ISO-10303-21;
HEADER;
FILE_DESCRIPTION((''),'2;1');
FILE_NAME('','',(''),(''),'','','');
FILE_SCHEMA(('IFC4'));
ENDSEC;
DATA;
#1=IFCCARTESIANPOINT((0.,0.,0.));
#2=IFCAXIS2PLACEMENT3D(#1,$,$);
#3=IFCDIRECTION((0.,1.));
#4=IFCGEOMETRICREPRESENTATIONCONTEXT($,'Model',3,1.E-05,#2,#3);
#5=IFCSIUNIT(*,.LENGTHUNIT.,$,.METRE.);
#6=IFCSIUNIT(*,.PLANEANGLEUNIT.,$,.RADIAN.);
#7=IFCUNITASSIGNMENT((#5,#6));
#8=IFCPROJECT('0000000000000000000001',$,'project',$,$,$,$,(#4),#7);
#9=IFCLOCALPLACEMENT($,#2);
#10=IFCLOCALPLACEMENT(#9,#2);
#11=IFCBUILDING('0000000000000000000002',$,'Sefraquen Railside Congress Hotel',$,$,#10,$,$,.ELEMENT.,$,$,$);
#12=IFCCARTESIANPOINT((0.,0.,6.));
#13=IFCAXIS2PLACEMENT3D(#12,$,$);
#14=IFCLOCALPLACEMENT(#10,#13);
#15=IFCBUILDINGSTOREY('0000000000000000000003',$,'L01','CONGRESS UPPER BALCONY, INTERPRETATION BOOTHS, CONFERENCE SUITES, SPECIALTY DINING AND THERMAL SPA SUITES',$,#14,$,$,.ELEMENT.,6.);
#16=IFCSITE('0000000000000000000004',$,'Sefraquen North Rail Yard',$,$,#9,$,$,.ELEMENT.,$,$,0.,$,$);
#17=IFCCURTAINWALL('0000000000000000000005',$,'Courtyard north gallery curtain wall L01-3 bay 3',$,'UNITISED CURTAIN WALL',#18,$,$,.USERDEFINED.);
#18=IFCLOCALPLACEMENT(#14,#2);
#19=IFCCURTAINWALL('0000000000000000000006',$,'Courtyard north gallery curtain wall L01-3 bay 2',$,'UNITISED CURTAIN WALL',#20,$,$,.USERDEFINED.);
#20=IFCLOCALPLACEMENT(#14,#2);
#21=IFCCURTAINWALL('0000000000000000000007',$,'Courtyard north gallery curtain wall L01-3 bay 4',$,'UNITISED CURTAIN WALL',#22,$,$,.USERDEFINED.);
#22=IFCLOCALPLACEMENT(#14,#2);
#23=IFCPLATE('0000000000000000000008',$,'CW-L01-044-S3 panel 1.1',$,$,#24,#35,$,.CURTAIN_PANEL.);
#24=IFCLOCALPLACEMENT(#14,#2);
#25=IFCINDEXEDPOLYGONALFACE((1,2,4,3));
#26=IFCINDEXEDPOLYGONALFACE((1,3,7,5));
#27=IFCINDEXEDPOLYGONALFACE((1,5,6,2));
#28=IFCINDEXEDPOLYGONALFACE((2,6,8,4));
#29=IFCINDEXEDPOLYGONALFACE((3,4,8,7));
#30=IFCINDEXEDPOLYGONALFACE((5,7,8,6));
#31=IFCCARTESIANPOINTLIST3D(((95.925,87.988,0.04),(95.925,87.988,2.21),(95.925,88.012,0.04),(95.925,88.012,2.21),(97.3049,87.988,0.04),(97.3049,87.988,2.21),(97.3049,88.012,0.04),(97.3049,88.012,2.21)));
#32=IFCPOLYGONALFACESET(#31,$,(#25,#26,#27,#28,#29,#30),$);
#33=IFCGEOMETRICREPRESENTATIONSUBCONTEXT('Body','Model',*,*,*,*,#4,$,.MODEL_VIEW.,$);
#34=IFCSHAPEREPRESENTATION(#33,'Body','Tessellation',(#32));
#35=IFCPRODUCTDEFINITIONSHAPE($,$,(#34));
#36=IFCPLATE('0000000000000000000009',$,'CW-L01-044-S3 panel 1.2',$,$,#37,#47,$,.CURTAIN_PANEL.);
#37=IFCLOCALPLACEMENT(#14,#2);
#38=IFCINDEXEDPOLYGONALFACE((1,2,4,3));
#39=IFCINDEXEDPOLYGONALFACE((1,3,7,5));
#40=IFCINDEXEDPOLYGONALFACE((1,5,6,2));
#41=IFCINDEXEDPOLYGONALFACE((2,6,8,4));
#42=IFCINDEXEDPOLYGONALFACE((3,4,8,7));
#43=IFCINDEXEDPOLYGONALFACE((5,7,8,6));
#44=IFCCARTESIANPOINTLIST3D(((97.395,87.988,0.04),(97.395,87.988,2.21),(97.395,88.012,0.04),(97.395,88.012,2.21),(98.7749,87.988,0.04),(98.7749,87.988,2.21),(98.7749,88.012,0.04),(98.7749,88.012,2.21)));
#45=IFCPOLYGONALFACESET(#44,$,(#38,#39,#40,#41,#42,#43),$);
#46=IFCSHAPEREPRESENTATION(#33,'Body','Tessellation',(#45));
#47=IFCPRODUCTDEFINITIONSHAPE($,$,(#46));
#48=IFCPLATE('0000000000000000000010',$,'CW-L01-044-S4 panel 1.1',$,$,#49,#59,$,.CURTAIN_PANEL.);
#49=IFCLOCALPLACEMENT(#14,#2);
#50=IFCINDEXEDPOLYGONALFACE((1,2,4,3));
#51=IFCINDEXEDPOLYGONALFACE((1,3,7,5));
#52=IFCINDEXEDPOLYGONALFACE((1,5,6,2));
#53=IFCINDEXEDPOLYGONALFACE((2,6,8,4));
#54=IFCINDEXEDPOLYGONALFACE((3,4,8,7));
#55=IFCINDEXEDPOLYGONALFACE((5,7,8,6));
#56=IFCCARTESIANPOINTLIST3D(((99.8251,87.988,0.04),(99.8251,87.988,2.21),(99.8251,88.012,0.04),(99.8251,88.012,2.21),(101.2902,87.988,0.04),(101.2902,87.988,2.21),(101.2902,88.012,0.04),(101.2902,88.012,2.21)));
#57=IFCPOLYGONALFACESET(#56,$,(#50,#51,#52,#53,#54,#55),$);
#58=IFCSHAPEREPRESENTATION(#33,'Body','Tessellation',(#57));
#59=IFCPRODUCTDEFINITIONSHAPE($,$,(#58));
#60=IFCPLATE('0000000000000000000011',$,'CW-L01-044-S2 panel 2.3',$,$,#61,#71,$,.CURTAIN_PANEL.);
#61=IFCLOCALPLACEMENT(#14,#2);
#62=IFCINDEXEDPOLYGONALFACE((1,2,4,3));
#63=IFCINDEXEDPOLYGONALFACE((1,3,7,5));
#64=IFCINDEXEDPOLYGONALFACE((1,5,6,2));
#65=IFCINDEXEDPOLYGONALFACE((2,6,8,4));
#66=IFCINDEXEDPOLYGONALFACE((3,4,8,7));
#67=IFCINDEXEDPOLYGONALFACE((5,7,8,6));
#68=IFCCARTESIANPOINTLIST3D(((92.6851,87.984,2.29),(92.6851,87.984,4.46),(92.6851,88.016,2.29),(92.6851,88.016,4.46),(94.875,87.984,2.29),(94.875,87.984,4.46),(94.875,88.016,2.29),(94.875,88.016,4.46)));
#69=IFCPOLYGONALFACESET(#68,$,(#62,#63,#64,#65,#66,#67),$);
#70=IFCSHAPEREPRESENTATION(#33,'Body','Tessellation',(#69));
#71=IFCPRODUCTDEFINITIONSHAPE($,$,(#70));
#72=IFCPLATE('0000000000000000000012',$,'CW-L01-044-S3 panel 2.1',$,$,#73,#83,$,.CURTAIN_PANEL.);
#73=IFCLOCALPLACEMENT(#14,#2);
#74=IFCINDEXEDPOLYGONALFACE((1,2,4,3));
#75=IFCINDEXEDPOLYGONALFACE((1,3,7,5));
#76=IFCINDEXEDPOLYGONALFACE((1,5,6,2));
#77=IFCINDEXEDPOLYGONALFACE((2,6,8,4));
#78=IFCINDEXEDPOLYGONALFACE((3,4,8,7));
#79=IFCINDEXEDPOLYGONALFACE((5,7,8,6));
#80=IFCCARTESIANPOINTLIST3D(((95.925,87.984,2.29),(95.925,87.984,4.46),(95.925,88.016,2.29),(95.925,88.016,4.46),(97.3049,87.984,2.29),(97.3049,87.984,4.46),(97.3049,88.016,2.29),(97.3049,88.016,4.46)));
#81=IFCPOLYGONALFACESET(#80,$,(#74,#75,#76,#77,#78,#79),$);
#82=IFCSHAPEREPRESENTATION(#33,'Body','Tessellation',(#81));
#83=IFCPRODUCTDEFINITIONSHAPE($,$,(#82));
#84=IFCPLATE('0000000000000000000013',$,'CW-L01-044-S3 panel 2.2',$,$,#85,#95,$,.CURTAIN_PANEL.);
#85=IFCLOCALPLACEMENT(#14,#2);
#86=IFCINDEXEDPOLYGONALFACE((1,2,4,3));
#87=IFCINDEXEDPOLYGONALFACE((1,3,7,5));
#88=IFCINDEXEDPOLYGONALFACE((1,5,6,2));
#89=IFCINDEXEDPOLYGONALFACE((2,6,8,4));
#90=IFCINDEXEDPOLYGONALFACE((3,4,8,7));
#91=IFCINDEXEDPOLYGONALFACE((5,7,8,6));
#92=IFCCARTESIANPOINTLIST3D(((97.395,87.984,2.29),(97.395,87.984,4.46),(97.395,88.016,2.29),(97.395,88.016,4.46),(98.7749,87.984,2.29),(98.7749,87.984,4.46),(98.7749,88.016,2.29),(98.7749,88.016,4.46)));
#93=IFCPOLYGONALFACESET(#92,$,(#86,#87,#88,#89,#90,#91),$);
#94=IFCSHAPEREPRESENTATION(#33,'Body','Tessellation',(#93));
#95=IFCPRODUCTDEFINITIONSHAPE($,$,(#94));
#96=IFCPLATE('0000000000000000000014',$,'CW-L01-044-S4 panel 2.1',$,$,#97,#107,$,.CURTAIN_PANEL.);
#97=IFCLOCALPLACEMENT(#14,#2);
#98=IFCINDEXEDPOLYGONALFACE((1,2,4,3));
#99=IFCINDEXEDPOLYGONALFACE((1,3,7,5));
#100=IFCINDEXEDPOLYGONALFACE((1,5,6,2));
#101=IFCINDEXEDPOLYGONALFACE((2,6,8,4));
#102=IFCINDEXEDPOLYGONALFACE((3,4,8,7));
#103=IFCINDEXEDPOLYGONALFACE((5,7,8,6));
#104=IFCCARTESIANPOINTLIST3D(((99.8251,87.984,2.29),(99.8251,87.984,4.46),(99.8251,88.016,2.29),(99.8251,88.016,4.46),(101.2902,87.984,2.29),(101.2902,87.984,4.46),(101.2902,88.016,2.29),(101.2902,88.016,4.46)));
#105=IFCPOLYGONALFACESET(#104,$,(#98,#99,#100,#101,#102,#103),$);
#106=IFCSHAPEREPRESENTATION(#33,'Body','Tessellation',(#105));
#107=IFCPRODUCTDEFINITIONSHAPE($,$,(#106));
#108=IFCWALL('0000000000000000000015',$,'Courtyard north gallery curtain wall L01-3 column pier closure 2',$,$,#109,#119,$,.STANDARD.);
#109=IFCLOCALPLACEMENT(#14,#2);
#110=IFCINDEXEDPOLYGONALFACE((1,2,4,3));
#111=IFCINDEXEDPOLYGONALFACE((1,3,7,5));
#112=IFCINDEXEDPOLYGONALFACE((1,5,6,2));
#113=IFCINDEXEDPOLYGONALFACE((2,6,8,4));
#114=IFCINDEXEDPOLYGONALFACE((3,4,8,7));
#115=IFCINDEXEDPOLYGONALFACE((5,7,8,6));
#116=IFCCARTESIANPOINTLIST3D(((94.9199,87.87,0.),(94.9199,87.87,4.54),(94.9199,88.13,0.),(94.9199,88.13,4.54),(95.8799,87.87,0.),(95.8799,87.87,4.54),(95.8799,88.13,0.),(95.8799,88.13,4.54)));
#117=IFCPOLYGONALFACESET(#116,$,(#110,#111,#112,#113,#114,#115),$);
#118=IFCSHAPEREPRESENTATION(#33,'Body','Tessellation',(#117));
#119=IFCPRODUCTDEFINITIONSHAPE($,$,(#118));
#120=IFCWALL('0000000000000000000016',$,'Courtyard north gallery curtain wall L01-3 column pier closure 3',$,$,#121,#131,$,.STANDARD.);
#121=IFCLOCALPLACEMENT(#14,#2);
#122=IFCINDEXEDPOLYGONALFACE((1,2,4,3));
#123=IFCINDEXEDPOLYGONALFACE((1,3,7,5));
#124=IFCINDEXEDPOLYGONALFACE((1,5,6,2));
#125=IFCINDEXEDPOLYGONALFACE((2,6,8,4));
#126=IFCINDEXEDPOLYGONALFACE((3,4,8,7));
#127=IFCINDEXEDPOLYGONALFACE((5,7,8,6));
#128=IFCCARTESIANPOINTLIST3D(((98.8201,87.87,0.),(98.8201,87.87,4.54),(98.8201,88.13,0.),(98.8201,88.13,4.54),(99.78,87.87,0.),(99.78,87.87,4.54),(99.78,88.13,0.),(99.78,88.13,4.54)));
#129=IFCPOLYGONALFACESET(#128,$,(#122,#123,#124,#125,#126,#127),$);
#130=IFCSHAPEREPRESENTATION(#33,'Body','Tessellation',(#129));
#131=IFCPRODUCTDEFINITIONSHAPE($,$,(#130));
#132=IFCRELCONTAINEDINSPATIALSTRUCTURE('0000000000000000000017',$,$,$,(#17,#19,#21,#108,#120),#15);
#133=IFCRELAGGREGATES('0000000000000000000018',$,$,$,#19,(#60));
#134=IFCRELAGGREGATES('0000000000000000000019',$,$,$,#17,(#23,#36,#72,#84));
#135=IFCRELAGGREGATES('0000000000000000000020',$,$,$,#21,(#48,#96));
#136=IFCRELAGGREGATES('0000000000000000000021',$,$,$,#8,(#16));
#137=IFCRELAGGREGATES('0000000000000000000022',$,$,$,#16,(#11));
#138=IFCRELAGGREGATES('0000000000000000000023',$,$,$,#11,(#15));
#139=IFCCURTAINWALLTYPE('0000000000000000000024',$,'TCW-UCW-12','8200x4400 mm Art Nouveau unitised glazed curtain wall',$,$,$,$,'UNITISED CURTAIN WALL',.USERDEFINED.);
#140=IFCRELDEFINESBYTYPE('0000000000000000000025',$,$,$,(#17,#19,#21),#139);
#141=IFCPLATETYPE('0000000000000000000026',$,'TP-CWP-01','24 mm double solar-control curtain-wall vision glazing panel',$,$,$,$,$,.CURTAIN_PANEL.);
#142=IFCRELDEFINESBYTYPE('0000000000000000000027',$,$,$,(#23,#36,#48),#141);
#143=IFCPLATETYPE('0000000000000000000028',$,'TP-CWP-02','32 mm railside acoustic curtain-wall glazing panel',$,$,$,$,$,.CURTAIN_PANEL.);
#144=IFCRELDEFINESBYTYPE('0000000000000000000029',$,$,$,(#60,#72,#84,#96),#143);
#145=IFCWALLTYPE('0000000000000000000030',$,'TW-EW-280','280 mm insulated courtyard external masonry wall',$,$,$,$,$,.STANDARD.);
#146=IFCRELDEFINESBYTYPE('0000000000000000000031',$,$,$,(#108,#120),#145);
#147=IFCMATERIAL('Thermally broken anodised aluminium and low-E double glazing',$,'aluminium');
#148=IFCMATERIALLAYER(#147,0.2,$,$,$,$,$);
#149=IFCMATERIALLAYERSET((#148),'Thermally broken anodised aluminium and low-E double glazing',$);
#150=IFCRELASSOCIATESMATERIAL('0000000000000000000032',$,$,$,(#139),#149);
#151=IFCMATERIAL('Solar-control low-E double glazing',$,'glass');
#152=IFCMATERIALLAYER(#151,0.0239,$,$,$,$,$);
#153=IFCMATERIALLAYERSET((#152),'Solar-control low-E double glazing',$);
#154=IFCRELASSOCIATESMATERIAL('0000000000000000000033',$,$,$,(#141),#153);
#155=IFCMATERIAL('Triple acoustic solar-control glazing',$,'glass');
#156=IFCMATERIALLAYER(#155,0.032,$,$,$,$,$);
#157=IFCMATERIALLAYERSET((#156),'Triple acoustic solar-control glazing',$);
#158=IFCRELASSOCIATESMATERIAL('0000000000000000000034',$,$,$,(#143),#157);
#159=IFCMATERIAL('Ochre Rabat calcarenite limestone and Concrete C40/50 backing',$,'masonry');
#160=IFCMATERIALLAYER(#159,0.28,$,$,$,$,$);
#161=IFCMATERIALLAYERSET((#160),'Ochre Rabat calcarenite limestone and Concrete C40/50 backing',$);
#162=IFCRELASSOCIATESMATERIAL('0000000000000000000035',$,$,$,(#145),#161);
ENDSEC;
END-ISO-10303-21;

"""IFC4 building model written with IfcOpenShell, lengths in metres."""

from ifc_helpers import new_model, si_unit, direction, frame, frame_2d, origin, origin_2d, place, context, subcontext, project, spatial, rectangle, extrude, material, layer, layer_set, type_object, element, aggregate, save


model = new_model("IFC4")

# Units and contexts
model_context = context("Model", 3, precision=1e-05, world=origin(), true_north=direction((0.0, 1.0)))
body_context = subcontext(model_context, "Body", "Model", "MODEL_VIEW")
ifc_project = project(units=[si_unit("LENGTHUNIT", "METRE"), si_unit("PLANEANGLEUNIT", "RADIAN")], contexts=[model_context])

# Site, building, storey
site_placement = place(None, origin())
site = spatial("IfcSite", under=ifc_project, at=site_placement, Name="Sefraquen North Rail Yard", CompositionType="ELEMENT", RefElevation=0.0)
building_placement = place(site_placement, origin())
building = spatial("IfcBuilding", under=site, at=building_placement, Name="Sefraquen Railside Congress Hotel", CompositionType="ELEMENT")
storey_placement = place(building_placement, frame((0.0, 0.0, 6.0)))
storey = spatial("IfcBuildingStorey", under=building, at=storey_placement, Name="L01", Description="CONGRESS UPPER BALCONY, INTERPRETATION BOOTHS, CONFERENCE SUITES, SPECIALTY DINING AND THERMAL SPA SUITES", CompositionType="ELEMENT", Elevation=6.0)

# Curtain walls
ifc_material_1 = material(Name="Thermally broken anodised aluminium and low-E double glazing", Category="aluminium")
ifc_layer_1 = layer(ifc_material_1, 0.2)
ifc_layer_set_1 = layer_set([ifc_layer_1], Name="Thermally broken anodised aluminium and low-E double glazing")
curtain_wall_type = type_object("IfcCurtainWallType", Name="TCW-UCW-12", Description="8200x4400 mm Art Nouveau unitised glazed curtain wall", ElementType="UNITISED CURTAIN WALL", PredefinedType="USERDEFINED", material=ifc_layer_set_1)
curtain_wall_1_placement = place(storey_placement, origin())
curtain_wall_1 = element("IfcCurtainWall", 1, at=curtain_wall_1_placement, inside=storey, type_object=curtain_wall_type, Name="Courtyard north gallery curtain wall L01-3 bay 3", ObjectType="UNITISED CURTAIN WALL", PredefinedType="USERDEFINED")
curtain_wall_2_placement = place(storey_placement, origin())
curtain_wall_2 = element("IfcCurtainWall", 2, at=curtain_wall_2_placement, inside=storey, type_object=curtain_wall_type, Name="Courtyard north gallery curtain wall L01-3 bay 2", ObjectType="UNITISED CURTAIN WALL", PredefinedType="USERDEFINED")

# Curtain wall
curtain_wall_3_placement = place(storey_placement, origin())
curtain_wall_3 = element("IfcCurtainWall", 3, at=curtain_wall_3_placement, inside=storey, type_object=curtain_wall_type, Name="Courtyard north gallery curtain wall L01-3 bay 4", ObjectType="UNITISED CURTAIN WALL", PredefinedType="USERDEFINED")

# Plates
ifc_material_2 = material(Name="Solar-control low-E double glazing", Category="glass")
ifc_layer_2 = layer(ifc_material_2, 0.0239)
ifc_layer_set_2 = layer_set([ifc_layer_2], Name="Solar-control low-E double glazing")
plate_type_1 = type_object("IfcPlateType", Name="TP-CWP-01", Description="24 mm double solar-control curtain-wall vision glazing panel", PredefinedType="CURTAIN_PANEL", material=ifc_layer_set_2)
plate_1_placement = place(storey_placement, frame((96.615, 88.0, 0.04), z_axis=(0.0, 0.0, 1.0), x_axis=(1.0, 0.0, 0.0)))
plate_1 = element("IfcPlate", 4, at=plate_1_placement, type_object=plate_type_1, Name="CW-L01-044-S3 panel 1.1", PredefinedType="CURTAIN_PANEL", context=body_context, shape_type="SweptSolid", body=[
    extrude(rectangle(XDim=1.3799, YDim=0.0239, at=origin_2d()), origin(), (0.0, 0.0, 1.0), 2.1699),
])
plate_2_placement = place(storey_placement, frame((98.085, 88.0, 0.04), z_axis=(0.0, 0.0, 1.0), x_axis=(1.0, 0.0, 0.0)))
plate_2 = element("IfcPlate", 5, at=plate_2_placement, type_object=plate_type_1, Name="CW-L01-044-S3 panel 1.2", PredefinedType="CURTAIN_PANEL", context=body_context, shape_type="SweptSolid", body=[
    extrude(rectangle(XDim=1.3799, YDim=0.0239, at=origin_2d()), origin(), (0.0, 0.0, 1.0), 2.1699),
])
plate_3_placement = place(storey_placement, frame((100.5576, 88.0, 0.04), z_axis=(0.0, 0.0, 1.0), x_axis=(1.0, 0.0, 0.0)))
plate_3 = element("IfcPlate", 6, at=plate_3_placement, type_object=plate_type_1, Name="CW-L01-044-S4 panel 1.1", PredefinedType="CURTAIN_PANEL", context=body_context, shape_type="SweptSolid", body=[
    extrude(rectangle(XDim=1.4651, YDim=0.0239, at=origin_2d()), origin(), (0.0, 0.0, 1.0), 2.1699),
])
ifc_material_3 = material(Name="Triple acoustic solar-control glazing", Category="glass")
ifc_layer_3 = layer(ifc_material_3, 0.032)
ifc_layer_set_3 = layer_set([ifc_layer_3], Name="Triple acoustic solar-control glazing")
plate_type_2 = type_object("IfcPlateType", Name="TP-CWP-02", Description="32 mm railside acoustic curtain-wall glazing panel", PredefinedType="CURTAIN_PANEL", material=ifc_layer_set_3)
plate_4_placement = place(storey_placement, frame((93.78, 88.0, 2.29), z_axis=(0.0, 0.0, 1.0), x_axis=(1.0, 0.0, 0.0)))
plate_4 = element("IfcPlate", 7, at=plate_4_placement, type_object=plate_type_2, Name="CW-L01-044-S2 panel 2.3", PredefinedType="CURTAIN_PANEL", context=body_context, shape_type="SweptSolid", body=[
    extrude(rectangle(XDim=2.1899, YDim=0.032, at=origin_2d()), origin(), (0.0, 0.0, 1.0), 2.1699),
])
aggregate(curtain_wall_2, [plate_4])
plate_5_placement = place(storey_placement, frame((96.615, 88.0, 2.29), z_axis=(0.0, 0.0, 1.0), x_axis=(1.0, 0.0, 0.0)))
plate_5 = element("IfcPlate", 8, at=plate_5_placement, type_object=plate_type_2, Name="CW-L01-044-S3 panel 2.1", PredefinedType="CURTAIN_PANEL", context=body_context, shape_type="SweptSolid", body=[
    extrude(rectangle(XDim=1.3799, YDim=0.032, at=origin_2d()), origin(), (0.0, 0.0, 1.0), 2.1699),
])
plate_6_placement = place(storey_placement, frame((98.085, 88.0, 2.29), z_axis=(0.0, 0.0, 1.0), x_axis=(1.0, 0.0, 0.0)))
plate_6 = element("IfcPlate", 9, at=plate_6_placement, type_object=plate_type_2, Name="CW-L01-044-S3 panel 2.2", PredefinedType="CURTAIN_PANEL", context=body_context, shape_type="SweptSolid", body=[
    extrude(rectangle(XDim=1.3799, YDim=0.032, at=origin_2d()), origin(), (0.0, 0.0, 1.0), 2.1699),
])
aggregate(curtain_wall_1, [plate_1, plate_2, plate_5, plate_6])
plate_7_placement = place(storey_placement, frame((100.5576, 88.0, 2.29), z_axis=(0.0, 0.0, 1.0), x_axis=(1.0, 0.0, 0.0)))
plate_7 = element("IfcPlate", 10, at=plate_7_placement, type_object=plate_type_2, Name="CW-L01-044-S4 panel 2.1", PredefinedType="CURTAIN_PANEL", context=body_context, shape_type="SweptSolid", body=[
    extrude(rectangle(XDim=1.4651, YDim=0.032, at=origin_2d()), origin(), (0.0, 0.0, 1.0), 2.1699),
])
aggregate(curtain_wall_3, [plate_3, plate_7])

# Walls
ifc_material_4 = material(Name="Ochre Rabat calcarenite limestone and Concrete C40/50 backing", Category="masonry")
ifc_layer_4 = layer(ifc_material_4, 0.28)
ifc_layer_set_4 = layer_set([ifc_layer_4], Name="Ochre Rabat calcarenite limestone and Concrete C40/50 backing")
wall_type = type_object("IfcWallType", Name="TW-EW-280", Description="280 mm insulated courtyard external masonry wall", PredefinedType="STANDARD", material=ifc_layer_set_4)
for number, where, z_axis, x_axis, name in (
    (11, (94.9199, 88.0, 0.0), (0.0, 0.0, 1.0), (1.0, 0.0, 0.0), "Courtyard north gallery curtain wall L01-3 column pier closure 2"),
    (12, (98.8201, 88.0, 0.0), (0.0, 0.0, 1.0), (1.0, 0.0, 0.0), "Courtyard north gallery curtain wall L01-3 column pier closure 3"),
):
    element("IfcWall", number, at=place(storey_placement, frame(where, z_axis=z_axis, x_axis=x_axis)), inside=storey, type_object=wall_type, Name=name, PredefinedType="STANDARD", context=body_context, shape_type="SweptSolid", body=[
        extrude(rectangle(XDim=0.96, YDim=0.26, at=frame_2d((0.48, 0.0))), origin(), (0.0, 0.0, 1.0), 4.54),
    ])

save(model, "model.ifc")
